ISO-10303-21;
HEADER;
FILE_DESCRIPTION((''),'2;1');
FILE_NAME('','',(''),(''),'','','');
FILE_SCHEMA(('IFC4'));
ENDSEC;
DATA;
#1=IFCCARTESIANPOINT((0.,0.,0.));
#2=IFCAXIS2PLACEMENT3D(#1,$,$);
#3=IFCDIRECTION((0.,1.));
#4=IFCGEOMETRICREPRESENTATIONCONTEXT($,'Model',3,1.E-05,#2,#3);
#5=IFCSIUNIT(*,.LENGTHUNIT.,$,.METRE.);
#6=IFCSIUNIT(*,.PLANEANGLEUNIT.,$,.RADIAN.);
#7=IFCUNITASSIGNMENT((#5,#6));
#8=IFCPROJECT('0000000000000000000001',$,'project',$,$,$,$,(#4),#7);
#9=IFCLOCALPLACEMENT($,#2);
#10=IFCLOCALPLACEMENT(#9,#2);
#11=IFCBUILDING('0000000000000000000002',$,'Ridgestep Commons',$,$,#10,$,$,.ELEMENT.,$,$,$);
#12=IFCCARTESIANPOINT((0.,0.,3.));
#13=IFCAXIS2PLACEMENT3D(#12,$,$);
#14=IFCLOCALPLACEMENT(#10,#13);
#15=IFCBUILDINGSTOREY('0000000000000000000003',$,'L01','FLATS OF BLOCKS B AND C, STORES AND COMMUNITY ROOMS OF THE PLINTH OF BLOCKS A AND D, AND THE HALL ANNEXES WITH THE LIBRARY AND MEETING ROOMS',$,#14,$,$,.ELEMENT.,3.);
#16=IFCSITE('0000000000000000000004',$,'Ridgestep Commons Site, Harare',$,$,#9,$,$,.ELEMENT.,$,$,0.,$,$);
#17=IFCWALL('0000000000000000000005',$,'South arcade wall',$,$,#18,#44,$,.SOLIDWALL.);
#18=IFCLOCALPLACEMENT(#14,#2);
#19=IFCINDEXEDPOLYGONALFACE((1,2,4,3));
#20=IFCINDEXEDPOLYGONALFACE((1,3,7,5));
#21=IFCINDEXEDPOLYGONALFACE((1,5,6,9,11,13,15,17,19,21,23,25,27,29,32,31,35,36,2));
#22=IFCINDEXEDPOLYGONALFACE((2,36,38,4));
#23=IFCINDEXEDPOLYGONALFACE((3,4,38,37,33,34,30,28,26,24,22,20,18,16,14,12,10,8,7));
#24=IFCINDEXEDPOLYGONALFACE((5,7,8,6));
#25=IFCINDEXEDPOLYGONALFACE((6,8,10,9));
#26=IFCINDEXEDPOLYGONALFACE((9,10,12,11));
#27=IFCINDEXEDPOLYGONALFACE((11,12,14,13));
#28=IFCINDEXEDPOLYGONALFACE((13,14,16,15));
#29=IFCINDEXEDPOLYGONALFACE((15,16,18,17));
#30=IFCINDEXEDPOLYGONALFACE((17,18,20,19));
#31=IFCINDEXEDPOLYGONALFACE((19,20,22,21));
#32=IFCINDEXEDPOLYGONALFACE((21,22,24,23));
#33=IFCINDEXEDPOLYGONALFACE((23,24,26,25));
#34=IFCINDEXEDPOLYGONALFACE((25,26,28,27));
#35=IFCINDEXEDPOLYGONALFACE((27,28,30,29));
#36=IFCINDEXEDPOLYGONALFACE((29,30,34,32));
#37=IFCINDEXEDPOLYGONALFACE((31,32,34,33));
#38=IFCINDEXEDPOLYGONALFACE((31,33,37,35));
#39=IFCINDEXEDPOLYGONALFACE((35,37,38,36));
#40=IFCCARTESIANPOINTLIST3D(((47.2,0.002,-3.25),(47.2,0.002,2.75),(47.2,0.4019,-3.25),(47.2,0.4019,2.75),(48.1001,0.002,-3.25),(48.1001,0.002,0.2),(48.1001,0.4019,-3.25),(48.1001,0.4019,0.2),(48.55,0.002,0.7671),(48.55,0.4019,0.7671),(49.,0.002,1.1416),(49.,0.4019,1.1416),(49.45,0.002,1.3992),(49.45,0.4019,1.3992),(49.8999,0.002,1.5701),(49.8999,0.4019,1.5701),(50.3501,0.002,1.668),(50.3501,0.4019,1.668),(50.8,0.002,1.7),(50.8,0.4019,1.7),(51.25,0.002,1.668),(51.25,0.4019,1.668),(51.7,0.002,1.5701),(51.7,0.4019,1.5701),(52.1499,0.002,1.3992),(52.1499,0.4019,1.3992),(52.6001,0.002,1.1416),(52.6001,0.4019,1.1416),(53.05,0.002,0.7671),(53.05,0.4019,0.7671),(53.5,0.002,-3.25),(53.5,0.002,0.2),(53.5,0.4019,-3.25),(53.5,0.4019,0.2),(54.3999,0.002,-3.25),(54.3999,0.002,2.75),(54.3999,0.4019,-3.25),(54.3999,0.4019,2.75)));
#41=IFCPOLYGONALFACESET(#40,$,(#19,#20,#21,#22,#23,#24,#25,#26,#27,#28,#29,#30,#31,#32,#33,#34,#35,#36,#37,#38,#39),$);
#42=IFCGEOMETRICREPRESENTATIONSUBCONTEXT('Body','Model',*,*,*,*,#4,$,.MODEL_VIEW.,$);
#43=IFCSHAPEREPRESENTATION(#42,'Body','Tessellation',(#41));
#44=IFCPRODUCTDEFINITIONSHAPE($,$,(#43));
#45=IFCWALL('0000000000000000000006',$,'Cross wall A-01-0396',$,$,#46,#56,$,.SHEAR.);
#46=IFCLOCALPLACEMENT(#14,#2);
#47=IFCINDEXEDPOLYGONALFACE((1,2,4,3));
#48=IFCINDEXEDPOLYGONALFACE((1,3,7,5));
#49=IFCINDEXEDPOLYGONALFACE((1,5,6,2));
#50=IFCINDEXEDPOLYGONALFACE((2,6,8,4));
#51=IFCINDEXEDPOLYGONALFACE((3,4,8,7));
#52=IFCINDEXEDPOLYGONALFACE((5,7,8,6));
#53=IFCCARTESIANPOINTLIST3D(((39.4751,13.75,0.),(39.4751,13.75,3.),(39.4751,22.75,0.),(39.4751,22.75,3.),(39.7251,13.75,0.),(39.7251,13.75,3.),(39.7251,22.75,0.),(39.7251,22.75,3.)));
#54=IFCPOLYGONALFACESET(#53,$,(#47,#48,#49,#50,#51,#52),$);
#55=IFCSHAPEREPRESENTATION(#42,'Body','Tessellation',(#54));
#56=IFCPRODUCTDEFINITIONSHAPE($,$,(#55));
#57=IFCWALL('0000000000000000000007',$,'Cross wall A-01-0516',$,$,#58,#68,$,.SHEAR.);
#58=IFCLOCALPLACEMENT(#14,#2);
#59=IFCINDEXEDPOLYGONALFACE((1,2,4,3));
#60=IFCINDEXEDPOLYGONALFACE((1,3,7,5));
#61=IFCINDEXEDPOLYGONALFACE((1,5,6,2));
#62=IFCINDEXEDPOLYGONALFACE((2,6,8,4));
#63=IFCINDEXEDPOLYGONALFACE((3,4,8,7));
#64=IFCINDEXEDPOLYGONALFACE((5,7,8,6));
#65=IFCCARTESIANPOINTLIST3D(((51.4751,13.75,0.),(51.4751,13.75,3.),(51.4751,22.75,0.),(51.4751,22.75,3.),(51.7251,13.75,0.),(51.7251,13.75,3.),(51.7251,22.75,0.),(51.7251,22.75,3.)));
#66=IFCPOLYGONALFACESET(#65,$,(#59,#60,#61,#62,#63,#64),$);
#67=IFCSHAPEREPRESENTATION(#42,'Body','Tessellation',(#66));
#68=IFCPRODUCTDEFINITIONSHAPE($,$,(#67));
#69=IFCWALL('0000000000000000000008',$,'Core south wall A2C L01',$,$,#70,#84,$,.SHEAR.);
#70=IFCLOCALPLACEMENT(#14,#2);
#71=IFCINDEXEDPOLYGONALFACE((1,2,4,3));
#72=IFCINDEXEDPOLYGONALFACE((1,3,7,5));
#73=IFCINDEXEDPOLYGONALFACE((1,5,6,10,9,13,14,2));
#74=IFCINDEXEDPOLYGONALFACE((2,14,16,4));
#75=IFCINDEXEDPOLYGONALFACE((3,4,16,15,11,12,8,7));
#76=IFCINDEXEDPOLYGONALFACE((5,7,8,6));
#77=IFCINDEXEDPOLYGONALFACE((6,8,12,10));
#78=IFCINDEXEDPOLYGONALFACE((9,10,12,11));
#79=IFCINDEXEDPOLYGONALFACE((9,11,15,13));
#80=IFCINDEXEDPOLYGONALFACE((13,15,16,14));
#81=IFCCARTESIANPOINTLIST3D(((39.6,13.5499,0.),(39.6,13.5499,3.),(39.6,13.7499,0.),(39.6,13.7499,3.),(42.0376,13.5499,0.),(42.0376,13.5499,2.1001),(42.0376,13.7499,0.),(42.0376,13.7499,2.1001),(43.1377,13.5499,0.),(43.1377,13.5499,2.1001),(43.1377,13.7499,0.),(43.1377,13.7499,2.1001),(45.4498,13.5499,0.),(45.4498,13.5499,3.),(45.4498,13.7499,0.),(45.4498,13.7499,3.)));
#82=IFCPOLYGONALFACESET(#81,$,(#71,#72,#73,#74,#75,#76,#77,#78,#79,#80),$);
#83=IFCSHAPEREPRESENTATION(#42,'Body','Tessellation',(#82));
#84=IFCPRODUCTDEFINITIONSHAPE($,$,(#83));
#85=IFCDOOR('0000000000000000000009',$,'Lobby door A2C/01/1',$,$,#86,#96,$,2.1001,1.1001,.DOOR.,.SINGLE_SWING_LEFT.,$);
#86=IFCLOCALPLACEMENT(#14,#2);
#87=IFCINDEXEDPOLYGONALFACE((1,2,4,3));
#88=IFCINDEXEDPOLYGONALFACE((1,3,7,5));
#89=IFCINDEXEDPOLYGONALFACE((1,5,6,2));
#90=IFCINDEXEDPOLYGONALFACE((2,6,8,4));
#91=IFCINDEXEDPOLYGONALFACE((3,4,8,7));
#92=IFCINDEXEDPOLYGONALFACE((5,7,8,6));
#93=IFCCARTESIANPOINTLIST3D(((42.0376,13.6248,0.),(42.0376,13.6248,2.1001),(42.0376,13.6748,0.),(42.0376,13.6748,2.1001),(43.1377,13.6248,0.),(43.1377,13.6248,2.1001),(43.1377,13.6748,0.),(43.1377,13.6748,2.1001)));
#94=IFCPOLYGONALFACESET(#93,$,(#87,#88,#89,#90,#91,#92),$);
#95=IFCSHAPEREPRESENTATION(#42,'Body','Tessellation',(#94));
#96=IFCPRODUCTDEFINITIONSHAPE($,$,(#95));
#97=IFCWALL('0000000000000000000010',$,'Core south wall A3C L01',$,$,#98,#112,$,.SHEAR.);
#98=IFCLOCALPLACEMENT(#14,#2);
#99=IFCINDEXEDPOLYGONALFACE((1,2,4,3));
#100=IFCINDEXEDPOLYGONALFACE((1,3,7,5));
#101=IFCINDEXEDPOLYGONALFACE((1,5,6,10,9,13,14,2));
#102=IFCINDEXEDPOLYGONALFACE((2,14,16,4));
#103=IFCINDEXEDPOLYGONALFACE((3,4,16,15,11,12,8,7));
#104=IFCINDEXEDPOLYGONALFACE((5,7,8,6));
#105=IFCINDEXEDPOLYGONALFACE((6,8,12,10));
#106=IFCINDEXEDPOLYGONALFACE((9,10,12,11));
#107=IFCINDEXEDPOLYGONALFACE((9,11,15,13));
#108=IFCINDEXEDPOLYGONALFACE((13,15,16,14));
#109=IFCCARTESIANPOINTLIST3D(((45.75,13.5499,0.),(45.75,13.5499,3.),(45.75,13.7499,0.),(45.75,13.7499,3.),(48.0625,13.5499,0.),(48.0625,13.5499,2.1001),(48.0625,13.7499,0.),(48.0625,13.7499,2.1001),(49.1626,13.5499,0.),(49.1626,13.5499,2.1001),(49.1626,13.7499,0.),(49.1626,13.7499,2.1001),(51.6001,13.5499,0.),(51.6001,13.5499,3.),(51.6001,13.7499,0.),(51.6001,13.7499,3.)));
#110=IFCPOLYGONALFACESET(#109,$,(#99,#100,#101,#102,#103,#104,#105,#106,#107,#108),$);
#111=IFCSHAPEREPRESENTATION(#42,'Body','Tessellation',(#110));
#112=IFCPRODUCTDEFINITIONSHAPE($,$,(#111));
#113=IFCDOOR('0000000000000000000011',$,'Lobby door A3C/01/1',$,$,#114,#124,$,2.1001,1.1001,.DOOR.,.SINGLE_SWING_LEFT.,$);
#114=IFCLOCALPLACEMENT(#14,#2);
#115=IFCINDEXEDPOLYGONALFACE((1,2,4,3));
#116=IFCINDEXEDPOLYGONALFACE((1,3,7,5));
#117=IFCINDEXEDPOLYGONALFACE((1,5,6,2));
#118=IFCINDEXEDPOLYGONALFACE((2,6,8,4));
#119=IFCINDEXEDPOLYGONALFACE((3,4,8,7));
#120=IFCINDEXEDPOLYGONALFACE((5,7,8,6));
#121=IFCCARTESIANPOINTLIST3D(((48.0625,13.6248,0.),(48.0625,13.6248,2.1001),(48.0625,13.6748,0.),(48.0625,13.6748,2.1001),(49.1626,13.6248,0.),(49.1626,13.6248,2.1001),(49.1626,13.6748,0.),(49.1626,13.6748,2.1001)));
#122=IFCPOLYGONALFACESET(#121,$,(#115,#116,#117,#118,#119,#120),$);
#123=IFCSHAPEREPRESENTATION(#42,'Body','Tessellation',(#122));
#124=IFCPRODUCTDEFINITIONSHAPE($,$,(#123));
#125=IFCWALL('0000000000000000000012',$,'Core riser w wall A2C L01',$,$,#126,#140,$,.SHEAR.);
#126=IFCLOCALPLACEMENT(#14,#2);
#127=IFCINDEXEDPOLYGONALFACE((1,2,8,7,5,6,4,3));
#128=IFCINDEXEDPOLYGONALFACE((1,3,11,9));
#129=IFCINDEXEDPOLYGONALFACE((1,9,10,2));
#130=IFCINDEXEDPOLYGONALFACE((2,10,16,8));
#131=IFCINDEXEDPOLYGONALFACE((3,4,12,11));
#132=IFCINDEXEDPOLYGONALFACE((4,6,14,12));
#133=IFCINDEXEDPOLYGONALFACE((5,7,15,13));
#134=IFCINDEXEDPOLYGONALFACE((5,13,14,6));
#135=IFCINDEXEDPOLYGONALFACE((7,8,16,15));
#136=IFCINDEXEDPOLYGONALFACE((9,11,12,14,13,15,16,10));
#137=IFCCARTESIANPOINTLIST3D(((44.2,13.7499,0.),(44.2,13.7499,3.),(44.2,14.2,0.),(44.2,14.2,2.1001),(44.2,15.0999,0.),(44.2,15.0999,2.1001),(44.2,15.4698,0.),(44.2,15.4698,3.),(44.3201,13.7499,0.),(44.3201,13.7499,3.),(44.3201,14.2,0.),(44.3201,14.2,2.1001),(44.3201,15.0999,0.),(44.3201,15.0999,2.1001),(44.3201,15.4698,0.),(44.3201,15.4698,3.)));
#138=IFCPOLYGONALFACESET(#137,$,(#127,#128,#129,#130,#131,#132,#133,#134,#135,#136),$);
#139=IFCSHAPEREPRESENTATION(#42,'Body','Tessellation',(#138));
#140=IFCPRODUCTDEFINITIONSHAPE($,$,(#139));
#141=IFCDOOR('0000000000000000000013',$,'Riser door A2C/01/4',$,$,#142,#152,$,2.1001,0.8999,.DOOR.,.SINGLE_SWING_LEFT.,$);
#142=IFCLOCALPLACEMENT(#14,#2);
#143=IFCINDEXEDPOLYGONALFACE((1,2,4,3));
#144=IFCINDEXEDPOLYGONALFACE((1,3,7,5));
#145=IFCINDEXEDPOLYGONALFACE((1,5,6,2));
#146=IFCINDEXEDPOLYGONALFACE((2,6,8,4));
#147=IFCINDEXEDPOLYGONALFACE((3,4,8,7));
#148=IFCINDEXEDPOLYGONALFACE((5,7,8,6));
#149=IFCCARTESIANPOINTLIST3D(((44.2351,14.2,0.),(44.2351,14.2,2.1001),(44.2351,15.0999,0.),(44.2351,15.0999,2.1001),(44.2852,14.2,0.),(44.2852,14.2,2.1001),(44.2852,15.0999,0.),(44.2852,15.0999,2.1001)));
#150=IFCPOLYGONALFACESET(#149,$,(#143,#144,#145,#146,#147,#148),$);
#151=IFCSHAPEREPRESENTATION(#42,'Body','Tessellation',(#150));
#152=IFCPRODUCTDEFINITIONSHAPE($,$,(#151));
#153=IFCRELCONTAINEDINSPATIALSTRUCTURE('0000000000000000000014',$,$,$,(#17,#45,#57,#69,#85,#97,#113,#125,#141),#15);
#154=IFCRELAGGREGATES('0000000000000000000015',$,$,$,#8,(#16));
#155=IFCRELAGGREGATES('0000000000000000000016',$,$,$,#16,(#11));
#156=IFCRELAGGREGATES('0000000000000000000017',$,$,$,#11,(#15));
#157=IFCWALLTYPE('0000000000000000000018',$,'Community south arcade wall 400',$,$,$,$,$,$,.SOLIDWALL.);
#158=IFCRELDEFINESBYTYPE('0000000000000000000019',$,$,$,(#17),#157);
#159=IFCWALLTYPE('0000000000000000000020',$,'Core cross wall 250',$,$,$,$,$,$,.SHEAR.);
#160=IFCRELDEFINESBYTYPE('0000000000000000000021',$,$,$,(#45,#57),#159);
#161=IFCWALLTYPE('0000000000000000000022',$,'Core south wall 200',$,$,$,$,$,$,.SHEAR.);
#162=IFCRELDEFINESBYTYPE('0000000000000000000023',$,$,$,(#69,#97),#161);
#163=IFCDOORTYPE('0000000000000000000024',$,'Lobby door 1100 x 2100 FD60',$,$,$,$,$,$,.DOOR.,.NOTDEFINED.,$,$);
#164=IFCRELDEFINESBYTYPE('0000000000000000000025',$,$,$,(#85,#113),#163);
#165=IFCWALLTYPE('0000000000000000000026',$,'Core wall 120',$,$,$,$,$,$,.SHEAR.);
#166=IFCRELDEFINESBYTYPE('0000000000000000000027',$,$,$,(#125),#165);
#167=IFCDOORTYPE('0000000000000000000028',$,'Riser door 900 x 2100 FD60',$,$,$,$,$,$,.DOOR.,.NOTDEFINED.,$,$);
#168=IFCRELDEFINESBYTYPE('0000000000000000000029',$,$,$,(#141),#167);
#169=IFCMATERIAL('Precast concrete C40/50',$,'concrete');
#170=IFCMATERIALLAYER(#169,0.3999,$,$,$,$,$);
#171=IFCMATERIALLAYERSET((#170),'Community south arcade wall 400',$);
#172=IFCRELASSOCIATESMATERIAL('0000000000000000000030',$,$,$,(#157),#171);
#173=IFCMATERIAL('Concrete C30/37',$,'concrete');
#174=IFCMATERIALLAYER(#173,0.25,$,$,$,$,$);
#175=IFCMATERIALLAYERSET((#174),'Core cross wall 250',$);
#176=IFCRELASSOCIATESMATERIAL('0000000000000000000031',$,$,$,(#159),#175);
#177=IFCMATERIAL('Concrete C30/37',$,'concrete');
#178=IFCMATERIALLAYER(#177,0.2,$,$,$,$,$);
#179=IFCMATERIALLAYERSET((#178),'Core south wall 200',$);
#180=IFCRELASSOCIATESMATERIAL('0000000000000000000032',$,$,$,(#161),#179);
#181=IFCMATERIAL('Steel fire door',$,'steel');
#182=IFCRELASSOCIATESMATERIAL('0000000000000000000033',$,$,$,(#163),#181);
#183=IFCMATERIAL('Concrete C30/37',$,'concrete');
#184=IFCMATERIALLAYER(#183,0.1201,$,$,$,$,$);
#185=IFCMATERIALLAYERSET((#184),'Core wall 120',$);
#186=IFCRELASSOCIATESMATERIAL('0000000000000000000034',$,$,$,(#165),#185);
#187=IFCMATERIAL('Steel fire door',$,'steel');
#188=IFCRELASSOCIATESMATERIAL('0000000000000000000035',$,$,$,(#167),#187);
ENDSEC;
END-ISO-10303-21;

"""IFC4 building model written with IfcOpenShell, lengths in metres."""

from ifc_helpers import new_model, si_unit, direction, frame, frame_2d, origin, place, context, subcontext, project, spatial, polyline, rectangle, outline, extrude, material, layer, layer_set, type_object, element, fill, save


model = new_model("IFC4")

# Units and contexts
model_context = context("Model", 3, precision=1e-05, world=origin(), true_north=direction((0.0, 1.0)))
body_context = subcontext(model_context, "Body", "Model", "MODEL_VIEW")
ifc_project = project(units=[si_unit("LENGTHUNIT", "METRE"), si_unit("PLANEANGLEUNIT", "RADIAN")], contexts=[model_context])

# Site, building, storey
site_placement = place(None, origin())
site = spatial("IfcSite", under=ifc_project, at=site_placement, Name="Ridgestep Commons Site, Harare", CompositionType="ELEMENT", RefElevation=0.0)
building_placement = place(site_placement, origin())
building = spatial("IfcBuilding", under=site, at=building_placement, Name="Ridgestep Commons", CompositionType="ELEMENT")
storey_placement = place(building_placement, frame((0.0, 0.0, 3.0)))
storey = spatial("IfcBuildingStorey", under=building, at=storey_placement, Name="L01", Description="FLATS OF BLOCKS B AND C, STORES AND COMMUNITY ROOMS OF THE PLINTH OF BLOCKS A AND D, AND THE HALL ANNEXES WITH THE LIBRARY AND MEETING ROOMS", CompositionType="ELEMENT", Elevation=3.0)

# Walls
ifc_material_1 = material(Name="Precast concrete C40/50", Category="concrete")
ifc_layer_1 = layer(ifc_material_1, 0.3999)
ifc_layer_set_1 = layer_set([ifc_layer_1], Name="Community south arcade wall 400")
wall_type_1 = type_object("IfcWallType", Name="Community south arcade wall 400", PredefinedType="SOLIDWALL", material=ifc_layer_set_1)
wall_1_placement = place(storey_placement, frame((47.2, 0.002, -3.25), z_axis=(0.0, -1.0, 0.0), x_axis=(1.0, 0.0, 0.0)))
element("IfcWall", 1, at=wall_1_placement, inside=storey, type_object=wall_type_1, Name="South arcade wall", PredefinedType="SOLIDWALL", context=body_context, shape_type="SweptSolid", body=[
    extrude(outline(polyline([(0.0, 0.0), (0.9001, 0.0), (0.9001, 3.45), (1.3501, 4.0171), (1.8, 4.3916), (2.25, 4.6492), (2.7, 4.8201), (3.1501, 4.918), (3.6001, 4.95), (4.05, 4.918), (4.5, 4.8201), (4.95, 4.6492), (5.4001, 4.3916), (5.8501, 4.0171), (6.3, 3.45), (6.3, 0.0), (7.2, 0.0), (7.2, 6.0), (0.0, 6.0), (0.0, 0.0)])), origin(), (0.0, 0.0, -1.0), 0.3999),
])
ifc_material_2 = material(Name="Concrete C30/37", Category="concrete")
ifc_layer_2 = layer(ifc_material_2, 0.25)
ifc_layer_set_2 = layer_set([ifc_layer_2], Name="Core cross wall 250")
wall_type_2 = type_object("IfcWallType", Name="Core cross wall 250", PredefinedType="SHEAR", material=ifc_layer_set_2)
for number, where, z_axis, x_axis, name in (
    (2, (39.6001, 13.75, 0.0), (0.0, 0.0, 1.0), (0.0, 1.0, 0.0), "Cross wall A-01-0396"),
    (3, (51.6001, 13.75, 0.0), (0.0, 0.0, 1.0), (0.0, 1.0, 0.0), "Cross wall A-01-0516"),
):
    element("IfcWall", number, at=place(storey_placement, frame(where, z_axis=z_axis, x_axis=x_axis)), inside=storey, type_object=wall_type_2, Name=name, PredefinedType="SHEAR", context=body_context, shape_type="SweptSolid", body=[
        extrude(rectangle(XDim=9.0, YDim=0.25, at=frame_2d((4.5, 0.0))), origin(), (0.0, 0.0, 1.0), 3.0),
    ])

# Walls, openings, doors
ifc_material_3 = material(Name="Concrete C30/37", Category="concrete")
ifc_layer_3 = layer(ifc_material_3, 0.2)
ifc_layer_set_3 = layer_set([ifc_layer_3], Name="Core south wall 200")
wall_type_3 = type_object("IfcWallType", Name="Core south wall 200", PredefinedType="SHEAR", material=ifc_layer_set_3)
wall_2_placement = place(storey_placement, frame((39.6001, 13.6499, 0.0), z_axis=(0.0, 0.0, 1.0), x_axis=(1.0, 0.0, 0.0)))
wall_2 = element("IfcWall", 4, at=wall_2_placement, inside=storey, type_object=wall_type_3, Name="Core south wall A2C L01", PredefinedType="SHEAR", context=body_context, shape_type="SweptSolid", body=[
    extrude(rectangle(XDim=5.8499, YDim=0.2, at=frame_2d((2.9248, 0.0))), origin(), (0.0, 0.0, 1.0), 3.0),
])
opening_1_placement = place(wall_2_placement, frame((2.4375, 0.0, 0.0)))
opening_1 = element("IfcOpeningElement", 5, at=opening_1_placement, cuts=wall_2, PredefinedType="OPENING", context=body_context, shape_type="SweptSolid", body=[
    extrude(rectangle(XDim=1.1001, YDim=2.1001, at=frame_2d((0.55, 1.05))), frame((0.0, 0.1099, 0.0), z_axis=(0.0, -1.0, 0.0), x_axis=(1.0, 0.0, 0.0)), (0.0, 0.0, 1.0), 0.22),
])
ifc_material_4 = material(Name="Steel fire door", Category="steel")
door_type_1 = type_object("IfcDoorType", Name="Lobby door 1100 x 2100 FD60", OperationType="NOTDEFINED", PredefinedType="DOOR", material=ifc_material_4)
door_1_placement = place(opening_1_placement, origin())
door_1 = element("IfcDoor", 6, at=door_1_placement, inside=storey, type_object=door_type_1, Name="Lobby door A2C/01/1", OperationType="SINGLE_SWING_LEFT", OverallHeight=2.1001, OverallWidth=1.1001, PredefinedType="DOOR", context=body_context, shape_type="SweptSolid", body=[
    extrude(rectangle(XDim=1.1001, YDim=2.1001, at=frame_2d((0.55, 1.05))), frame((0.0, 0.0249, 0.0), z_axis=(0.0, -1.0, 0.0), x_axis=(1.0, 0.0, 0.0)), (0.0, 0.0, 1.0), 0.05),
])
fill(opening_1, door_1)
wall_3_placement = place(storey_placement, frame((45.75, 13.6499, 0.0), z_axis=(0.0, 0.0, 1.0), x_axis=(1.0, 0.0, 0.0)))
wall_3 = element("IfcWall", 7, at=wall_3_placement, inside=storey, type_object=wall_type_3, Name="Core south wall A3C L01", PredefinedType="SHEAR", context=body_context, shape_type="SweptSolid", body=[
    extrude(rectangle(XDim=5.8501, YDim=0.2, at=frame_2d((2.925, 0.0))), origin(), (0.0, 0.0, 1.0), 3.0),
])
opening_2_placement = place(wall_3_placement, frame((2.3125, 0.0, 0.0)))
opening_2 = element("IfcOpeningElement", 8, at=opening_2_placement, cuts=wall_3, PredefinedType="OPENING", context=body_context, shape_type="SweptSolid", body=[
    extrude(rectangle(XDim=1.1001, YDim=2.1001, at=frame_2d((0.55, 1.05))), frame((0.0, 0.1099, 0.0), z_axis=(0.0, -1.0, 0.0), x_axis=(1.0, 0.0, 0.0)), (0.0, 0.0, 1.0), 0.22),
])
door_2_placement = place(opening_2_placement, origin())
door_2 = element("IfcDoor", 9, at=door_2_placement, inside=storey, type_object=door_type_1, Name="Lobby door A3C/01/1", OperationType="SINGLE_SWING_LEFT", OverallHeight=2.1001, OverallWidth=1.1001, PredefinedType="DOOR", context=body_context, shape_type="SweptSolid", body=[
    extrude(rectangle(XDim=1.1001, YDim=2.1001, at=frame_2d((0.55, 1.05))), frame((0.0, 0.0249, 0.0), z_axis=(0.0, -1.0, 0.0), x_axis=(1.0, 0.0, 0.0)), (0.0, 0.0, 1.0), 0.05),
])
fill(opening_2, door_2)
ifc_material_5 = material(Name="Concrete C30/37", Category="concrete")
ifc_layer_4 = layer(ifc_material_5, 0.1201)
ifc_layer_set_4 = layer_set([ifc_layer_4], Name="Core wall 120")
wall_type_4 = type_object("IfcWallType", Name="Core wall 120", PredefinedType="SHEAR", material=ifc_layer_set_4)
wall_4_placement = place(storey_placement, frame((44.26, 13.75, 0.0), z_axis=(0.0, 0.0, 1.0), x_axis=(0.0, 1.0, 0.0)))
wall_4 = element("IfcWall", 10, at=wall_4_placement, inside=storey, type_object=wall_type_4, Name="Core riser w wall A2C L01", PredefinedType="SHEAR", context=body_context, shape_type="SweptSolid", body=[
    extrude(rectangle(XDim=1.72, YDim=0.1201, at=frame_2d((0.8599, 0.0))), origin(), (0.0, 0.0, 1.0), 3.0),
])
opening_3_placement = place(wall_4_placement, frame((0.45, 0.0, 0.0)))
opening_3 = element("IfcOpeningElement", 11, at=opening_3_placement, cuts=wall_4, PredefinedType="OPENING", context=body_context, shape_type="SweptSolid", body=[
    extrude(rectangle(XDim=0.8999, YDim=2.1001, at=frame_2d((0.45, 1.05))), frame((0.0, 0.0701, 0.0), z_axis=(0.0, -1.0, 0.0), x_axis=(1.0, 0.0, 0.0)), (0.0, 0.0, 1.0), 0.1401),
])
ifc_material_6 = material(Name="Steel fire door", Category="steel")
door_type_2 = type_object("IfcDoorType", Name="Riser door 900 x 2100 FD60", OperationType="NOTDEFINED", PredefinedType="DOOR", material=ifc_material_6)
door_3_placement = place(opening_3_placement, origin())
door_3 = element("IfcDoor", 12, at=door_3_placement, inside=storey, type_object=door_type_2, Name="Riser door A2C/01/4", OperationType="SINGLE_SWING_LEFT", OverallHeight=2.1001, OverallWidth=0.8999, PredefinedType="DOOR", context=body_context, shape_type="SweptSolid", body=[
    extrude(rectangle(XDim=0.8999, YDim=2.1001, at=frame_2d((0.45, 1.05))), frame((0.0, 0.0249, 0.0), z_axis=(0.0, -1.0, 0.0), x_axis=(1.0, 0.0, 0.0)), (0.0, 0.0, 1.0), 0.05),
])
fill(opening_3, door_3)

save(model, "model.ifc")
